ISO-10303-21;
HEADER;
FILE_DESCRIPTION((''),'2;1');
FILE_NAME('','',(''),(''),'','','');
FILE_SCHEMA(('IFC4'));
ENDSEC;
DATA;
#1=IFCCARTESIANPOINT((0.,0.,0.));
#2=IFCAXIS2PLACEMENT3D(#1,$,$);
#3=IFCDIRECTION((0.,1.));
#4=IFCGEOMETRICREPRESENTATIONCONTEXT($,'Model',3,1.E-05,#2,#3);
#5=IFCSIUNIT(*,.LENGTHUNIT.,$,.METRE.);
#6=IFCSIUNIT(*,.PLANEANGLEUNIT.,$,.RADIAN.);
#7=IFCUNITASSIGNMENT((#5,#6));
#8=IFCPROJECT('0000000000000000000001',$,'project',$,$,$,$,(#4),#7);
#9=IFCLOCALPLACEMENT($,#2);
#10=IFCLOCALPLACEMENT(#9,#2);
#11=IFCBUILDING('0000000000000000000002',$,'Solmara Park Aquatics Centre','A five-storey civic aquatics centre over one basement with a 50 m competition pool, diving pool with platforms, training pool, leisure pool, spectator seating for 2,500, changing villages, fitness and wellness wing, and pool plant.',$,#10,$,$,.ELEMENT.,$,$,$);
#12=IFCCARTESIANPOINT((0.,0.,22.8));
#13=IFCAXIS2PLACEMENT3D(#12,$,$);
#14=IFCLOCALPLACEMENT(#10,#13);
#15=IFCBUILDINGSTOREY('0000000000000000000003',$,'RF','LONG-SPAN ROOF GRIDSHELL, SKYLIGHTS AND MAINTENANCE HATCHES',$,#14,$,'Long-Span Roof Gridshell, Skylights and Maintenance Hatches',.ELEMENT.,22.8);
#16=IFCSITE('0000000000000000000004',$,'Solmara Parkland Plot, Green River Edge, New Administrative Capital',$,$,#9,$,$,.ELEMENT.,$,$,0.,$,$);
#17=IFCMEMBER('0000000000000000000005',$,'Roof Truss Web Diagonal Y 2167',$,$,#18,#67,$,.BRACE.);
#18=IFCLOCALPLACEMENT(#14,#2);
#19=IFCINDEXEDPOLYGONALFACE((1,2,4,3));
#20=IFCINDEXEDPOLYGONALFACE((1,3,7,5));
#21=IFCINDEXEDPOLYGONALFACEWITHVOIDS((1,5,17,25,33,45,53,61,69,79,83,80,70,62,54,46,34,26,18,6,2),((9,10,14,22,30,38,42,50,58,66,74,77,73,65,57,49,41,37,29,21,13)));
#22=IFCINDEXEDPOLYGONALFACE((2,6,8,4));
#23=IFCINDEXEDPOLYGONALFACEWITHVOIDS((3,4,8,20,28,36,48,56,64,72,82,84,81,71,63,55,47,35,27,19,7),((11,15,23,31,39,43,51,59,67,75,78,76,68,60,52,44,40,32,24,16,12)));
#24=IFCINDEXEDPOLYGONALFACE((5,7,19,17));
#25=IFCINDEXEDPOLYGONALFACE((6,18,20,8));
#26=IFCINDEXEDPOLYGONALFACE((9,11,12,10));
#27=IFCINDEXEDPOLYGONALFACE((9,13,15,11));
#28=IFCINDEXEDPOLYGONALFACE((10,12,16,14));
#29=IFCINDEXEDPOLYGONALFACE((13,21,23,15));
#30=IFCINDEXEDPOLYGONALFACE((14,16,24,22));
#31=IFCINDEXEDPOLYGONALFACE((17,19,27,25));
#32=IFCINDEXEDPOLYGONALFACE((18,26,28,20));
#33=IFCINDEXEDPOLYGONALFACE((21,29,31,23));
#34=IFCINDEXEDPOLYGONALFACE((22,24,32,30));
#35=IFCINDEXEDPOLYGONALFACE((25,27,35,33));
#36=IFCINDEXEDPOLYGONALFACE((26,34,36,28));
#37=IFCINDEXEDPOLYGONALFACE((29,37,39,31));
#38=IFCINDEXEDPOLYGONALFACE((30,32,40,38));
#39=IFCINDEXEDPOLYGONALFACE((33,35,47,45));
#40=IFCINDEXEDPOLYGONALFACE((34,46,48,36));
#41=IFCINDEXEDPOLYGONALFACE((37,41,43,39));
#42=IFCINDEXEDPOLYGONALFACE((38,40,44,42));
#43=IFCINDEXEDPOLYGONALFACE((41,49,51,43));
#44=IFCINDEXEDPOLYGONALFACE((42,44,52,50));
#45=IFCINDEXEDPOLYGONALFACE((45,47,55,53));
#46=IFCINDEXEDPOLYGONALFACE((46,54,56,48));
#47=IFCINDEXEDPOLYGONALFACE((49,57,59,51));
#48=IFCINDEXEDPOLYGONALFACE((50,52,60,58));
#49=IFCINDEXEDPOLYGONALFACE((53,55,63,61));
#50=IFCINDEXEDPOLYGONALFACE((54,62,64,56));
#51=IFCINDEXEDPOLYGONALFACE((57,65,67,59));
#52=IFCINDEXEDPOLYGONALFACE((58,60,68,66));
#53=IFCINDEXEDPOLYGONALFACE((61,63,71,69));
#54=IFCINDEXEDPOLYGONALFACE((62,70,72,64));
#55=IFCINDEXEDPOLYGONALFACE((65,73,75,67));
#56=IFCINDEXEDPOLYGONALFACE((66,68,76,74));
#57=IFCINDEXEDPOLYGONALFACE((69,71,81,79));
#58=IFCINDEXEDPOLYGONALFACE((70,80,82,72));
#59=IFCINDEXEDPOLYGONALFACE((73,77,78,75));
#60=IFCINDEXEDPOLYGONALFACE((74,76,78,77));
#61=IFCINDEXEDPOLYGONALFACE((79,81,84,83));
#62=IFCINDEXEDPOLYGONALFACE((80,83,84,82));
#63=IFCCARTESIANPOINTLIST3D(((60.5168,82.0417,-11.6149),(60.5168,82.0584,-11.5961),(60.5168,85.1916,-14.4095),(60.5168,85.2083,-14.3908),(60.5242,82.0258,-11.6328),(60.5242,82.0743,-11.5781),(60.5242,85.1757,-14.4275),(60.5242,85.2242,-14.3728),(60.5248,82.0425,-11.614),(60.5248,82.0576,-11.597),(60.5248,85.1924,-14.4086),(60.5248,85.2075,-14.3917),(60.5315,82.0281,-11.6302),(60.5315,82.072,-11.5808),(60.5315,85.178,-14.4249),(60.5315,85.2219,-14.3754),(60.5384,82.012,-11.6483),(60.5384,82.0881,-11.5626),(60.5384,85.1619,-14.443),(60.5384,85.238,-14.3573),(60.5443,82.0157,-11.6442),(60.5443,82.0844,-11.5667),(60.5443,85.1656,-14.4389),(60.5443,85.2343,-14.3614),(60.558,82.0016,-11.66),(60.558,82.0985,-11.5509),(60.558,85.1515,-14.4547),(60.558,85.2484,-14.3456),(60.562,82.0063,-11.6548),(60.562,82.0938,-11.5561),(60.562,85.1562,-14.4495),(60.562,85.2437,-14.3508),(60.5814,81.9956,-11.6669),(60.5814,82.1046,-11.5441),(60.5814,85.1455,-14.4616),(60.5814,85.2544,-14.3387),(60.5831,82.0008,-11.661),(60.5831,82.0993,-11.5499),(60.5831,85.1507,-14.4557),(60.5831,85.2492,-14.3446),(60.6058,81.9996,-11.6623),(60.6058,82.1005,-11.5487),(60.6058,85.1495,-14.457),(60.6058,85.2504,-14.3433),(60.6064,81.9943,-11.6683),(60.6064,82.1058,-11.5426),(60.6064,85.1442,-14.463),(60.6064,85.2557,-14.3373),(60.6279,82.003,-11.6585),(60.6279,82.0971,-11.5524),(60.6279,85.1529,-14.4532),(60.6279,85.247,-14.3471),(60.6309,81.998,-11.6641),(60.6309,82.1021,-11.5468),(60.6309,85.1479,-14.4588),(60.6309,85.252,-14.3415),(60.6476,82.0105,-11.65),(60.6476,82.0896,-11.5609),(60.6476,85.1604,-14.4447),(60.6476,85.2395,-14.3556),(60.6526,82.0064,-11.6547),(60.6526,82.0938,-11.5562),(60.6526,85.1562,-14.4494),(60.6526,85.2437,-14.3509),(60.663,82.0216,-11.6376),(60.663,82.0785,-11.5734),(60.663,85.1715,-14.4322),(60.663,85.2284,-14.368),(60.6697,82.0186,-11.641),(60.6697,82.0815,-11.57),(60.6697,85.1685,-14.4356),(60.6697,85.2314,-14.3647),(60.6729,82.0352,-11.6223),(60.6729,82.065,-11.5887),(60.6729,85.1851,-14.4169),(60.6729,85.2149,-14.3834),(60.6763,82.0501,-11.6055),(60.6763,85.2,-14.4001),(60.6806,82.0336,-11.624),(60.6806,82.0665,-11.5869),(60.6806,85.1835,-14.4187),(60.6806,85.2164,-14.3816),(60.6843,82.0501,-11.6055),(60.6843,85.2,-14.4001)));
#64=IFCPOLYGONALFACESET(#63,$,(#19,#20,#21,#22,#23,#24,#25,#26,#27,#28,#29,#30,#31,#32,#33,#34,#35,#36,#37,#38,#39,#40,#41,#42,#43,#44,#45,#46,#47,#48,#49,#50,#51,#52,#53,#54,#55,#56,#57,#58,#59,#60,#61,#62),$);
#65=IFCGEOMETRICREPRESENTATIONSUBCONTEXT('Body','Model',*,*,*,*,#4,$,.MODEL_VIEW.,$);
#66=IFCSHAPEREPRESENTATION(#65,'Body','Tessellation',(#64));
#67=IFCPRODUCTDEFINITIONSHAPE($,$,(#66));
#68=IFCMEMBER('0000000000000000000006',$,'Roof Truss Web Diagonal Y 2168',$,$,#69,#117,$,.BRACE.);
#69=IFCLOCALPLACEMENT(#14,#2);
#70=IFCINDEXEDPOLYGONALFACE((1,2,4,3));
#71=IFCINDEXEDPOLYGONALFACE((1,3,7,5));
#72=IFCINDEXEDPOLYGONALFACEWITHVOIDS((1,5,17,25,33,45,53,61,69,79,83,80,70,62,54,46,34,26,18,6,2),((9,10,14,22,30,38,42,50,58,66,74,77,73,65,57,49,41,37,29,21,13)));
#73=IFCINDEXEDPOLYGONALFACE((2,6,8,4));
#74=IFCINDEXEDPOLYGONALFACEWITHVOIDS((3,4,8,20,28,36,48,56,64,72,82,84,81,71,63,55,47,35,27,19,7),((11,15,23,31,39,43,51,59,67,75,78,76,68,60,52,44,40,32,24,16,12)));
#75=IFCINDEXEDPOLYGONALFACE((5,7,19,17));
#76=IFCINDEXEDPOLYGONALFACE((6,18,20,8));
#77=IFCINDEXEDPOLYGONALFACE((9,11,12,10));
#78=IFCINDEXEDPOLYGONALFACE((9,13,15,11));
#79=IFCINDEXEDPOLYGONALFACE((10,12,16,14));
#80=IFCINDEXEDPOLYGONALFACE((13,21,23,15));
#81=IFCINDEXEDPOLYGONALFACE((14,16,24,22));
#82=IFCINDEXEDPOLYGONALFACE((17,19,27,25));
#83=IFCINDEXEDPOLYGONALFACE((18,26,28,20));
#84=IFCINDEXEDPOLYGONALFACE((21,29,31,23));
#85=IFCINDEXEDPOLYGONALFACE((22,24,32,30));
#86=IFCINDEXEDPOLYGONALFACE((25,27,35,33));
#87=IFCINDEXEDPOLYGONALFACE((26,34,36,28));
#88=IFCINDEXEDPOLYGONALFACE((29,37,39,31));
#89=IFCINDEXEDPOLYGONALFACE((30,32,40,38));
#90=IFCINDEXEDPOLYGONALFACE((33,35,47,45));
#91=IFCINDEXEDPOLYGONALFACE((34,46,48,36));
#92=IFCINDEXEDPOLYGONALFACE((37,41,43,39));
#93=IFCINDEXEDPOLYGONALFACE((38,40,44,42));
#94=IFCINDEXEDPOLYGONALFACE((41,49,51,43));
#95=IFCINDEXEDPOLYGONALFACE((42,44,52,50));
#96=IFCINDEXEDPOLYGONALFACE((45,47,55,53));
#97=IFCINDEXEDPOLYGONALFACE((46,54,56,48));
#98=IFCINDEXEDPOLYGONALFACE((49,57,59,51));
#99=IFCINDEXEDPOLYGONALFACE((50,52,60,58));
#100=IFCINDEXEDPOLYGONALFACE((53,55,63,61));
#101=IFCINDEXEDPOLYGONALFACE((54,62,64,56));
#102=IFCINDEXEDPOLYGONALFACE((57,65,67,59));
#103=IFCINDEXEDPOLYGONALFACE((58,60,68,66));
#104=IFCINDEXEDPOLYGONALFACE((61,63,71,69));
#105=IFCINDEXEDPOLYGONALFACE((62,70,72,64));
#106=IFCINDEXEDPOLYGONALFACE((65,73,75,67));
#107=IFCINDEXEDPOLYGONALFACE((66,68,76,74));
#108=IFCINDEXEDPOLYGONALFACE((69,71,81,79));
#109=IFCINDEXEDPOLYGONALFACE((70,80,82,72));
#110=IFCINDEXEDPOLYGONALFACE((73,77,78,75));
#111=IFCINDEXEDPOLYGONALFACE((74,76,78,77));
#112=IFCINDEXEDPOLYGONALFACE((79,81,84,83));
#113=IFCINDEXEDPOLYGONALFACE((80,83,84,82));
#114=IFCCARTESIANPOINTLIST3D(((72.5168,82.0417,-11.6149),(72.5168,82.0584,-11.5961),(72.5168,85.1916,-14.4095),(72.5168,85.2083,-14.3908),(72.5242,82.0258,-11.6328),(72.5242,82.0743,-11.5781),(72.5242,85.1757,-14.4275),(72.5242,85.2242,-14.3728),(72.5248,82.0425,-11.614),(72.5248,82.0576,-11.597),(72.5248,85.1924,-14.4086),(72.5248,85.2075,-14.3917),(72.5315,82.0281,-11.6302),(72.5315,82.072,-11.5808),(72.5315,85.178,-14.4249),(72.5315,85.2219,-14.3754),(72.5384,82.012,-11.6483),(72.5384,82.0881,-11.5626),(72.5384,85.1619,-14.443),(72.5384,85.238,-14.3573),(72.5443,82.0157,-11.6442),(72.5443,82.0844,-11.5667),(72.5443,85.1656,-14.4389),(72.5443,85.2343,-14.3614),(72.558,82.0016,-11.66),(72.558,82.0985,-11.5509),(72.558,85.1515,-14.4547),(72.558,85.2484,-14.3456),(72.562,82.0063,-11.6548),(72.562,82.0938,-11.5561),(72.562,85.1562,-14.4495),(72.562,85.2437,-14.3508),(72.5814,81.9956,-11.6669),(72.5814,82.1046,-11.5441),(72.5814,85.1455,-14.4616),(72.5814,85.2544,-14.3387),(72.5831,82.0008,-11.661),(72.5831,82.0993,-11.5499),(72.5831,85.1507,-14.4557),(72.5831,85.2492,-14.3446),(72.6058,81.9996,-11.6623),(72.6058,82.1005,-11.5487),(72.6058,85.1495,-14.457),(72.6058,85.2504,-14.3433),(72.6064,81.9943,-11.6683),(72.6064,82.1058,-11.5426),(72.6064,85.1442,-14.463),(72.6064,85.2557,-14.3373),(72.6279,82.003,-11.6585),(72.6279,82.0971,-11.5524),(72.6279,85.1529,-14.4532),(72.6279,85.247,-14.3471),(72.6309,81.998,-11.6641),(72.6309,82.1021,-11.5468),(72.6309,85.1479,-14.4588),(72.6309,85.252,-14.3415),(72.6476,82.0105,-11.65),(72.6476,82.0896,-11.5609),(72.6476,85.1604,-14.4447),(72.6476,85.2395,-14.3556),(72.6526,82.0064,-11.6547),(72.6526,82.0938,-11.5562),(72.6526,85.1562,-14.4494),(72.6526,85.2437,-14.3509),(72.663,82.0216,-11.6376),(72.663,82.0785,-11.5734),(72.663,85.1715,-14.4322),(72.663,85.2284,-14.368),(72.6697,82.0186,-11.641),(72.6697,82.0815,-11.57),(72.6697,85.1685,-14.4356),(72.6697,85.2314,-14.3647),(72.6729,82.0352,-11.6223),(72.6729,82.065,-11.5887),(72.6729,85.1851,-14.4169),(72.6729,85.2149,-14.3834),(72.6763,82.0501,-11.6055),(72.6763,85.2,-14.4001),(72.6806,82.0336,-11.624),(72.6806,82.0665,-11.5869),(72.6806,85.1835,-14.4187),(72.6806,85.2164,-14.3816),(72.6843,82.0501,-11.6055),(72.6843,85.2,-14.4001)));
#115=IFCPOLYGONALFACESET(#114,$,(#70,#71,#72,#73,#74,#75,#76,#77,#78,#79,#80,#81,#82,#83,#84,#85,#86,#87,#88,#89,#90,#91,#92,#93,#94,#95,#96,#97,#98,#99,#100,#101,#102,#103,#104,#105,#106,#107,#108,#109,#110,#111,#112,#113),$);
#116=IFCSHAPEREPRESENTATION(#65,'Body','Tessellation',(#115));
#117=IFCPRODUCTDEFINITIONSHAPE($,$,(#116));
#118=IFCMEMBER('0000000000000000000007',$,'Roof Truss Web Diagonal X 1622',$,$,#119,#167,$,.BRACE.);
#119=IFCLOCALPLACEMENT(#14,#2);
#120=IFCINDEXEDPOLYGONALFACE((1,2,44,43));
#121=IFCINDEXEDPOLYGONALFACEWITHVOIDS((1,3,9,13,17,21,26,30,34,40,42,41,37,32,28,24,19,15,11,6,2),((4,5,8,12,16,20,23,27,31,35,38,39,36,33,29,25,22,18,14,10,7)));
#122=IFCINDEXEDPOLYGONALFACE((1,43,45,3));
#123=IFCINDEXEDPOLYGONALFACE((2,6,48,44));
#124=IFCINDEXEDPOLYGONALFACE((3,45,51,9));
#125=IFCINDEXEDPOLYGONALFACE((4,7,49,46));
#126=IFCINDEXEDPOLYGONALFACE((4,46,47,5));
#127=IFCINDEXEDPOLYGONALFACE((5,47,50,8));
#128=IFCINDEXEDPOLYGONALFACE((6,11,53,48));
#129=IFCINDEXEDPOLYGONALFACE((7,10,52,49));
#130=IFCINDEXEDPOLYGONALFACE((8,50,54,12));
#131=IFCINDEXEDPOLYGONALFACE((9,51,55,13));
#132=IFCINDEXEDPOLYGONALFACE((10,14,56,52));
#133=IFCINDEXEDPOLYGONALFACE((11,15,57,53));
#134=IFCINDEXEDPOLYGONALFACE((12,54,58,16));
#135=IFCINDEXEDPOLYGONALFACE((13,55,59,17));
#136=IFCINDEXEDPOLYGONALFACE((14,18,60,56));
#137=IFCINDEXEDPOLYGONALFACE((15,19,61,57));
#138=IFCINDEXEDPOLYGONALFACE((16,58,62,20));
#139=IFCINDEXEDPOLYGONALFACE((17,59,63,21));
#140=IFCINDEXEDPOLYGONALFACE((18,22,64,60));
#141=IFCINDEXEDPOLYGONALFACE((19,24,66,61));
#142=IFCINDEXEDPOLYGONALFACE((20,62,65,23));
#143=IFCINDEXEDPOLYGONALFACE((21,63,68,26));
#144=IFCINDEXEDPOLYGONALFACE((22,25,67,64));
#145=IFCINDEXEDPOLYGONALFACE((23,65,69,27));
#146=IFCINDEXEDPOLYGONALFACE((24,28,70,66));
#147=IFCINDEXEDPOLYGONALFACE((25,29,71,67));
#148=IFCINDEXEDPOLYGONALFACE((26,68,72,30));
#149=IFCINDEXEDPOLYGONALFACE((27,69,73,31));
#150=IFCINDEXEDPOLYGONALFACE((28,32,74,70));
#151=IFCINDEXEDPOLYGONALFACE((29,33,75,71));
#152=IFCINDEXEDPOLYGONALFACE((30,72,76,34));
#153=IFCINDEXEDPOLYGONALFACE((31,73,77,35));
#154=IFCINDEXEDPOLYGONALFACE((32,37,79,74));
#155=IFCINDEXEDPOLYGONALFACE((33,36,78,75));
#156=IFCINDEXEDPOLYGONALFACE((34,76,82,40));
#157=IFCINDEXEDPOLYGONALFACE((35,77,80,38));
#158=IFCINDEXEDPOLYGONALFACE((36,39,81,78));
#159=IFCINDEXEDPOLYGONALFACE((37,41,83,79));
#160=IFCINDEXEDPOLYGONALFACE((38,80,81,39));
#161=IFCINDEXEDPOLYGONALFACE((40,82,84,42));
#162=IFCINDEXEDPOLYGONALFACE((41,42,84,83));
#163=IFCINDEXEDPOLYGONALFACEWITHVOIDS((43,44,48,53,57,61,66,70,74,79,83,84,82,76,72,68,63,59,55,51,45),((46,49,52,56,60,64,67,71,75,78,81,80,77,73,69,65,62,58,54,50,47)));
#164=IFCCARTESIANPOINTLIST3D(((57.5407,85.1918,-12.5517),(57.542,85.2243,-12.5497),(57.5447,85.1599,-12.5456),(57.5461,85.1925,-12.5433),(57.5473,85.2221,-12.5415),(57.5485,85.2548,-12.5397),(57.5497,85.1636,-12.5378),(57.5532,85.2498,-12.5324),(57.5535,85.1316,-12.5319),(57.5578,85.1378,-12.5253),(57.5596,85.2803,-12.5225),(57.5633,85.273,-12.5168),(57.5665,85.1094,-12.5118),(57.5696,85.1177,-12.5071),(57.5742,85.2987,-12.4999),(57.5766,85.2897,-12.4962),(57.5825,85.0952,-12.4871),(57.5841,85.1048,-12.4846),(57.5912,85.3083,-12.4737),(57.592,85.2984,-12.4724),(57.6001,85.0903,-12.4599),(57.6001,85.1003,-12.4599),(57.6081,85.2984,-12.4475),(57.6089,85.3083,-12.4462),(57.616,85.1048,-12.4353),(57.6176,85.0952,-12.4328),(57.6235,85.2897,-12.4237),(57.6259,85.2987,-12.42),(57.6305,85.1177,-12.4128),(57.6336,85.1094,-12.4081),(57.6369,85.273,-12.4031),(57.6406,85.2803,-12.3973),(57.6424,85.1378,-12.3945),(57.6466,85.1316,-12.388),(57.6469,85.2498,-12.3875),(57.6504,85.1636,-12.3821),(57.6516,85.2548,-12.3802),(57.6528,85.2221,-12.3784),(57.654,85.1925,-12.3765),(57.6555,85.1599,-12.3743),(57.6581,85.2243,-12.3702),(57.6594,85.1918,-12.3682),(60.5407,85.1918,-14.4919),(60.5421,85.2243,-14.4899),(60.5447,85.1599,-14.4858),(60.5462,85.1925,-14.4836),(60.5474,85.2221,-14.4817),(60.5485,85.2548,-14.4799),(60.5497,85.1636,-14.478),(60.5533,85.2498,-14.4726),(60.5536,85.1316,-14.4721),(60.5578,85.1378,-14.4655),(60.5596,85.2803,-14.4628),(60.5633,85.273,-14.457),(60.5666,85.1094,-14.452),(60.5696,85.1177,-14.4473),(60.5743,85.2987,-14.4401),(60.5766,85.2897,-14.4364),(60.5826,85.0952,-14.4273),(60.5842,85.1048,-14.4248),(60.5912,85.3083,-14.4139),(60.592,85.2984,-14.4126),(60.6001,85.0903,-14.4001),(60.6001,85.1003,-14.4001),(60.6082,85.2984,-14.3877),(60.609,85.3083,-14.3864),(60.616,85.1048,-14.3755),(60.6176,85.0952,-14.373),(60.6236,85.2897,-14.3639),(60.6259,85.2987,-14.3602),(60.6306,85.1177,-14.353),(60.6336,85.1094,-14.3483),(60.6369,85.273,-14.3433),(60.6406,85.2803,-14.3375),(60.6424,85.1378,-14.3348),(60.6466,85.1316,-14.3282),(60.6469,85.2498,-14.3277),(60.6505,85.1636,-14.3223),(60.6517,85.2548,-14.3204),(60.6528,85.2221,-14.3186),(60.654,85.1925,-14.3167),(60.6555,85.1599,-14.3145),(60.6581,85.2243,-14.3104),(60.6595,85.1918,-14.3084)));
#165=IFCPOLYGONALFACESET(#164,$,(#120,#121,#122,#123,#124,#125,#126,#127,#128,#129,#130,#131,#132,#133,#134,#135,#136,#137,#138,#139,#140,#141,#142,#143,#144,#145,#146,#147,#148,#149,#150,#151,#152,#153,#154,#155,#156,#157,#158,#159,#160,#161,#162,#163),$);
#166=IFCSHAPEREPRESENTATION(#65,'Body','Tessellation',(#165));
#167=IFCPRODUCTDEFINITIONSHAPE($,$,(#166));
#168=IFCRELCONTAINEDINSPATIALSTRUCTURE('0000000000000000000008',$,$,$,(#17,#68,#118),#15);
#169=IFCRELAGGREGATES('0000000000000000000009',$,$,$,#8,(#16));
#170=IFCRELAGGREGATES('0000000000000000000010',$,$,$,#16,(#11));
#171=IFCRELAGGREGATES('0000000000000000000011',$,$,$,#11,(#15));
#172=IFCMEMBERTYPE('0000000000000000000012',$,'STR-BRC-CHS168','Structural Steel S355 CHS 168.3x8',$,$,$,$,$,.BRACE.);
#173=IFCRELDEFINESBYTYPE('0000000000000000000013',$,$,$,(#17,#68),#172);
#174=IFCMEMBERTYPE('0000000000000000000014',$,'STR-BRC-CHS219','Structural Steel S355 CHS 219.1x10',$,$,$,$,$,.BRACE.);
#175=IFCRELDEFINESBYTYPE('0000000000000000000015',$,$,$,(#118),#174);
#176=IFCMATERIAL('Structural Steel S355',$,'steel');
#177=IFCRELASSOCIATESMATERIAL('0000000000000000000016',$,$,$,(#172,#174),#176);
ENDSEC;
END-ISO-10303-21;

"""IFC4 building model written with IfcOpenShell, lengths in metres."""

from ifc_helpers import new_model, si_unit, direction, frame, origin, origin_2d, place, context, subcontext, project, spatial, hollow_circle, extrude, material, material_profile, profile_set, type_object, element, save


model = new_model("IFC4")

# Units and contexts
model_context = context("Model", 3, precision=1e-05, world=origin(), true_north=direction((0.0, 1.0)))
body_context = subcontext(model_context, "Body", "Model", "MODEL_VIEW")
ifc_project = project(units=[si_unit("LENGTHUNIT", "METRE"), si_unit("PLANEANGLEUNIT", "RADIAN")], contexts=[model_context])

# Site, building, storey
site_placement = place(None, origin())
site = spatial("IfcSite", under=ifc_project, at=site_placement, Name="Solmara Parkland Plot, Green River Edge, New Administrative Capital", CompositionType="ELEMENT", RefElevation=0.0)
building_placement = place(site_placement, origin())
building = spatial("IfcBuilding", under=site, at=building_placement, Name="Solmara Park Aquatics Centre", Description="A five-storey civic aquatics centre over one basement with a 50 m competition pool, diving pool with platforms, training pool, leisure pool, spectator seating for 2,500, changing villages, fitness and wellness wing, and pool plant.", CompositionType="ELEMENT")
storey_placement = place(building_placement, frame((0.0, 0.0, 22.8)))
storey = spatial("IfcBuildingStorey", under=building, at=storey_placement, Name="RF", Description="LONG-SPAN ROOF GRIDSHELL, SKYLIGHTS AND MAINTENANCE HATCHES", LongName="Long-Span Roof Gridshell, Skylights and Maintenance Hatches", CompositionType="ELEMENT", Elevation=22.8)

# Members
ifc_material_1 = material(Name="Structural Steel S355", Category="steel")
ifc_material_profile_1 = material_profile(ifc_material_1, hollow_circle(Radius=0.0842, WallThickness=0.0081, at=origin_2d()), Name="CHS 168.3x8")
ifc_profile_set_1 = profile_set([ifc_material_profile_1], Name="Structural Steel S355")
member_type_1 = type_object("IfcMemberType", Name="STR-BRC-CHS168", Description="Structural Steel S355 CHS 168.3x8", PredefinedType="BRACE", material=ifc_profile_set_1)
for number, where, z_axis, x_axis, name in (
    (1, (60.6001, 85.2, -14.4001), (0.0, -0.748026, 0.663669), (1.0, 0.0, 0.0), "Roof Truss Web Diagonal Y 2167"),
    (2, (72.6001, 85.2, -14.4001), (0.0, -0.748026, 0.663669), (1.0, 0.0, 0.0), "Roof Truss Web Diagonal Y 2168"),
):
    element("IfcMember", number, at=place(storey_placement, frame(where, z_axis=z_axis, x_axis=x_axis)), inside=storey, type_object=member_type_1, Name=name, PredefinedType="BRACE", context=body_context, shape_type="SweptSolid", body=[
        extrude(hollow_circle(Radius=0.0842, WallThickness=0.0081, at=origin_2d()), origin(), (0.0, 0.0, 1.0), 4.2109),
    ])
ifc_material_profile_2 = material_profile(ifc_material_1, hollow_circle(Radius=0.1096, WallThickness=0.01, at=origin_2d()), Name="CHS 219.1x10")
ifc_profile_set_2 = profile_set([ifc_material_profile_2], Name="Structural Steel S355")
member_type_2 = type_object("IfcMemberType", Name="STR-BRC-CHS219", Description="Structural Steel S355 CHS 219.1x10", PredefinedType="BRACE", material=ifc_profile_set_2)
for number, where, z_axis, x_axis, name in (
    (3, (60.6001, 85.2, -14.4001), (-0.839697, 0.0, 0.543056), (0.0, -1.0, 0.0), "Roof Truss Web Diagonal X 1622"),
):
    element("IfcMember", number, at=place(storey_placement, frame(where, z_axis=z_axis, x_axis=x_axis)), inside=storey, type_object=member_type_2, Name=name, PredefinedType="BRACE", context=body_context, shape_type="SweptSolid", body=[
        extrude(hollow_circle(Radius=0.1096, WallThickness=0.01, at=origin_2d()), origin(), (0.0, 0.0, 1.0), 3.5728),
    ])

save(model, "model.ifc")
